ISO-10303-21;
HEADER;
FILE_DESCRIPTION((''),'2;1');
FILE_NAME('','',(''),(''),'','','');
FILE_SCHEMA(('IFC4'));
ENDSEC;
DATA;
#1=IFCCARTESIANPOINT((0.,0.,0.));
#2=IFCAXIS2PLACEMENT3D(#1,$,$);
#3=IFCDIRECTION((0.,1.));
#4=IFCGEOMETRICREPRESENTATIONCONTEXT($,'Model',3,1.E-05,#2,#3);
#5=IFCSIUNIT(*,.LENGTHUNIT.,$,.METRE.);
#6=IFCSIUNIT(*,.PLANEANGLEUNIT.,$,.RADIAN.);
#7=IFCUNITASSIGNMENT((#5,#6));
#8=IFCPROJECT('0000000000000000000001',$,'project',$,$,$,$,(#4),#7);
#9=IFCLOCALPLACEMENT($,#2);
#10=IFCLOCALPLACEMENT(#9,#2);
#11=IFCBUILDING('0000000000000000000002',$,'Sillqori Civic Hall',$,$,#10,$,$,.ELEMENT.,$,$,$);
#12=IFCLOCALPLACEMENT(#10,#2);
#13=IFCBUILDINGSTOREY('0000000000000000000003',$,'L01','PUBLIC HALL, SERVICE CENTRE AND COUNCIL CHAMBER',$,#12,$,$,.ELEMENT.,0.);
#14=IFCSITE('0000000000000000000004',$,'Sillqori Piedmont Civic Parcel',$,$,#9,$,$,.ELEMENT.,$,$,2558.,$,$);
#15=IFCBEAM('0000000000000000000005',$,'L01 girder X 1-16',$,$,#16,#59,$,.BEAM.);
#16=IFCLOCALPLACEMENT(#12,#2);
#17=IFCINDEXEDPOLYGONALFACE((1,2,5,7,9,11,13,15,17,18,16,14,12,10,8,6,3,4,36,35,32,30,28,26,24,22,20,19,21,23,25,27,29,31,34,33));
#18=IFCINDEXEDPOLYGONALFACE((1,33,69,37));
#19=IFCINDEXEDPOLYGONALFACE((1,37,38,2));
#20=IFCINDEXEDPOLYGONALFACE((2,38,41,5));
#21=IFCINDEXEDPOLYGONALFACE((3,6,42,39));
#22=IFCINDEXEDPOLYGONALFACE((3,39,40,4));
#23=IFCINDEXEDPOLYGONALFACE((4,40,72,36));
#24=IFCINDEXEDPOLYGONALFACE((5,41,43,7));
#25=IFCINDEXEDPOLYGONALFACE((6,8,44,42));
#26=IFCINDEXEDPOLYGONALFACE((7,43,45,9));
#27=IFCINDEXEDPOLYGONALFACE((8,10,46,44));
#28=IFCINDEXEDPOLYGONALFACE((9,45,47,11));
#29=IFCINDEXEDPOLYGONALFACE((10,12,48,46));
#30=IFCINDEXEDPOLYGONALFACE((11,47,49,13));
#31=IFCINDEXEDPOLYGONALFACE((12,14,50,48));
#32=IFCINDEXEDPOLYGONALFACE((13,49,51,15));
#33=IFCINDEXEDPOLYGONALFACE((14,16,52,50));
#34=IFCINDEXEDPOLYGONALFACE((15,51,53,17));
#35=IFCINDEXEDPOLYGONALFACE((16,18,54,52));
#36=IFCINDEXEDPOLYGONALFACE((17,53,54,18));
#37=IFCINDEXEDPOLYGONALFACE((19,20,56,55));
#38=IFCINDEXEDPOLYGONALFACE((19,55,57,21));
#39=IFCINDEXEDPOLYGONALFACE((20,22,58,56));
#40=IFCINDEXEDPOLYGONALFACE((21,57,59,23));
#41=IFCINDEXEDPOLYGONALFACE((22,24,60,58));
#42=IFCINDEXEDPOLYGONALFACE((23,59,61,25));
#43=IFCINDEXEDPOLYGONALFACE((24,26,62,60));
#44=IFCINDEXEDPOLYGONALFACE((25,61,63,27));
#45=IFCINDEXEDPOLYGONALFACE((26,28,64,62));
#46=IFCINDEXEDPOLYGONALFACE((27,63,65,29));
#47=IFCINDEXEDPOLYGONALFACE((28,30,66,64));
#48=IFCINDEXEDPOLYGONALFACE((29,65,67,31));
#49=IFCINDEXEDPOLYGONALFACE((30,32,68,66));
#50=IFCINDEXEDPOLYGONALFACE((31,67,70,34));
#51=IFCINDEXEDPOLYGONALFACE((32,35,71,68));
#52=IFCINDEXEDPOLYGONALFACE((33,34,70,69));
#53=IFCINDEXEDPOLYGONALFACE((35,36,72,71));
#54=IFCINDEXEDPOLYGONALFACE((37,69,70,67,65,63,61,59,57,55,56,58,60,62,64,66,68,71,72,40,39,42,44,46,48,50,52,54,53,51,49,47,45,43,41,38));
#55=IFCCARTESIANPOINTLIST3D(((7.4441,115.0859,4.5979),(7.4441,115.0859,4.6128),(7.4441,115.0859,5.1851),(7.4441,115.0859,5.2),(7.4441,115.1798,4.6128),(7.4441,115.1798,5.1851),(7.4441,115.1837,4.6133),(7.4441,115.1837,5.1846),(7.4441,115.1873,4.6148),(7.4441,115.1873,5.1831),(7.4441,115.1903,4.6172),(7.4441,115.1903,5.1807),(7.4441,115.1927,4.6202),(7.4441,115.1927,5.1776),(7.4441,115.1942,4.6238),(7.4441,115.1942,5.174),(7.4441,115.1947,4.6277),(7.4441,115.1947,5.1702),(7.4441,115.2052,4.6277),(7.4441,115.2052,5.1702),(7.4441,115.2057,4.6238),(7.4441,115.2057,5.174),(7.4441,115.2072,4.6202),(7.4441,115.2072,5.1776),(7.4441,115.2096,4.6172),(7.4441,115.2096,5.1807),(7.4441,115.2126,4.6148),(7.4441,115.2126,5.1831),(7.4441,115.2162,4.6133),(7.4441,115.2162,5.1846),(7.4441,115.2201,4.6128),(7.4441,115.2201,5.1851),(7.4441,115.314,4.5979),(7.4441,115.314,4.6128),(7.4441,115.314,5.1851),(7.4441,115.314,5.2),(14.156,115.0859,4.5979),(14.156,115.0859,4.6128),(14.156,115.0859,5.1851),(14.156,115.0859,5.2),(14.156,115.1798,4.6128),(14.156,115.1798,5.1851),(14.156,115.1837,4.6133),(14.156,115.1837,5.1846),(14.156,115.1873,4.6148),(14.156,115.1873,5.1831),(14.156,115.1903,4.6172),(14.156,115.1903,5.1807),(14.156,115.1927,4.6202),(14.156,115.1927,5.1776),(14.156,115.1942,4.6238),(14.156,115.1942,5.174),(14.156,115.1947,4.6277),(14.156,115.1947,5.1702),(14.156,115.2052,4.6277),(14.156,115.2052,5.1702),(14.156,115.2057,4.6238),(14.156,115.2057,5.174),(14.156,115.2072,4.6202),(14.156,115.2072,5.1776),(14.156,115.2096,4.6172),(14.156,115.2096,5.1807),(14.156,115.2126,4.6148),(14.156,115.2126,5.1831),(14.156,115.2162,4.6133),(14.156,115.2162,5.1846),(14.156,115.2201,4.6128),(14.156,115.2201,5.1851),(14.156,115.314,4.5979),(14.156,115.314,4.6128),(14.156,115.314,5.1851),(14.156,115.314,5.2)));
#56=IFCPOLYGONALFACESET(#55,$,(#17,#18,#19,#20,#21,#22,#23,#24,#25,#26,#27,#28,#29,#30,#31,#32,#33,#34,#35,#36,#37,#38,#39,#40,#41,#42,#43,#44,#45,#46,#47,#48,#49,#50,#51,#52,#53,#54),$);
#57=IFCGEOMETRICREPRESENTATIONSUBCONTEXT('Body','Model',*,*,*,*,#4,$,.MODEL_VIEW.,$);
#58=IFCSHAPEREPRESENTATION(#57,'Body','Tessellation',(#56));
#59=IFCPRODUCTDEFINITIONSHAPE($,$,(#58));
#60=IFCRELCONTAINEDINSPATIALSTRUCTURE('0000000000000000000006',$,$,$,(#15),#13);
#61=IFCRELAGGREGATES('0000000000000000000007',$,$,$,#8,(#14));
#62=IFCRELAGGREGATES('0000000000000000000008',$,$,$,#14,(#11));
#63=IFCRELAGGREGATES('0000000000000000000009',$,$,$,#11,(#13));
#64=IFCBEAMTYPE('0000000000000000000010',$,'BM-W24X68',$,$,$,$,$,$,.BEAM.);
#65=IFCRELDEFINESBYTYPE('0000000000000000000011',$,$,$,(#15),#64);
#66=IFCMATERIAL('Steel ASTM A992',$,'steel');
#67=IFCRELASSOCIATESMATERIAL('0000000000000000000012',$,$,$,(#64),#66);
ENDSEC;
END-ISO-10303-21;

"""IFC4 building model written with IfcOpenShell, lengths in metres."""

from ifc_helpers import new_model, si_unit, direction, frame, origin, origin_2d, place, context, subcontext, project, spatial, i_section, extrude, material, material_profile, profile_set, type_object, element, save


model = new_model("IFC4")

# Units and contexts
model_context = context("Model", 3, precision=1e-05, world=origin(), true_north=direction((0.0, 1.0)))
body_context = subcontext(model_context, "Body", "Model", "MODEL_VIEW")
ifc_project = project(units=[si_unit("LENGTHUNIT", "METRE"), si_unit("PLANEANGLEUNIT", "RADIAN")], contexts=[model_context])

# Site, building, storey
site_placement = place(None, origin())
site = spatial("IfcSite", under=ifc_project, at=site_placement, Name="Sillqori Piedmont Civic Parcel", CompositionType="ELEMENT", RefElevation=2558.0)
building_placement = place(site_placement, origin())
building = spatial("IfcBuilding", under=site, at=building_placement, Name="Sillqori Civic Hall", CompositionType="ELEMENT")
storey_placement = place(building_placement, origin())
storey = spatial("IfcBuildingStorey", under=building, at=storey_placement, Name="L01", Description="PUBLIC HALL, SERVICE CENTRE AND COUNCIL CHAMBER", CompositionType="ELEMENT", Elevation=0.0)

# Beam
ifc_material_1 = material(Name="Steel ASTM A992", Category="steel")
ifc_material_profile_1 = material_profile(ifc_material_1, i_section(OverallWidth=0.228, OverallDepth=0.6021, WebThickness=0.0105, FlangeThickness=0.0149, FilletRadius=0.0149, at=origin_2d()), Name="W24X68")
ifc_profile_set_1 = profile_set([ifc_material_profile_1], Name="Steel ASTM A992")
beam_type = type_object("IfcBeamType", Name="BM-W24X68", PredefinedType="BEAM", material=ifc_profile_set_1)
beam_placement = place(storey_placement, frame((7.4441, 115.2, 4.8989), z_axis=(1.0, 0.0, 0.0), x_axis=(0.0, 1.0, 0.0)))
element("IfcBeam", 1, at=beam_placement, inside=storey, type_object=beam_type, Name="L01 girder X 1-16", PredefinedType="BEAM", context=body_context, shape_type="SweptSolid", body=[
    extrude(i_section(OverallWidth=0.228, OverallDepth=0.6021, WebThickness=0.0105, FlangeThickness=0.0149, FilletRadius=0.0149, at=origin_2d()), origin(), (0.0, 0.0, 1.0), 6.7119),
])

save(model, "model.ifc")
